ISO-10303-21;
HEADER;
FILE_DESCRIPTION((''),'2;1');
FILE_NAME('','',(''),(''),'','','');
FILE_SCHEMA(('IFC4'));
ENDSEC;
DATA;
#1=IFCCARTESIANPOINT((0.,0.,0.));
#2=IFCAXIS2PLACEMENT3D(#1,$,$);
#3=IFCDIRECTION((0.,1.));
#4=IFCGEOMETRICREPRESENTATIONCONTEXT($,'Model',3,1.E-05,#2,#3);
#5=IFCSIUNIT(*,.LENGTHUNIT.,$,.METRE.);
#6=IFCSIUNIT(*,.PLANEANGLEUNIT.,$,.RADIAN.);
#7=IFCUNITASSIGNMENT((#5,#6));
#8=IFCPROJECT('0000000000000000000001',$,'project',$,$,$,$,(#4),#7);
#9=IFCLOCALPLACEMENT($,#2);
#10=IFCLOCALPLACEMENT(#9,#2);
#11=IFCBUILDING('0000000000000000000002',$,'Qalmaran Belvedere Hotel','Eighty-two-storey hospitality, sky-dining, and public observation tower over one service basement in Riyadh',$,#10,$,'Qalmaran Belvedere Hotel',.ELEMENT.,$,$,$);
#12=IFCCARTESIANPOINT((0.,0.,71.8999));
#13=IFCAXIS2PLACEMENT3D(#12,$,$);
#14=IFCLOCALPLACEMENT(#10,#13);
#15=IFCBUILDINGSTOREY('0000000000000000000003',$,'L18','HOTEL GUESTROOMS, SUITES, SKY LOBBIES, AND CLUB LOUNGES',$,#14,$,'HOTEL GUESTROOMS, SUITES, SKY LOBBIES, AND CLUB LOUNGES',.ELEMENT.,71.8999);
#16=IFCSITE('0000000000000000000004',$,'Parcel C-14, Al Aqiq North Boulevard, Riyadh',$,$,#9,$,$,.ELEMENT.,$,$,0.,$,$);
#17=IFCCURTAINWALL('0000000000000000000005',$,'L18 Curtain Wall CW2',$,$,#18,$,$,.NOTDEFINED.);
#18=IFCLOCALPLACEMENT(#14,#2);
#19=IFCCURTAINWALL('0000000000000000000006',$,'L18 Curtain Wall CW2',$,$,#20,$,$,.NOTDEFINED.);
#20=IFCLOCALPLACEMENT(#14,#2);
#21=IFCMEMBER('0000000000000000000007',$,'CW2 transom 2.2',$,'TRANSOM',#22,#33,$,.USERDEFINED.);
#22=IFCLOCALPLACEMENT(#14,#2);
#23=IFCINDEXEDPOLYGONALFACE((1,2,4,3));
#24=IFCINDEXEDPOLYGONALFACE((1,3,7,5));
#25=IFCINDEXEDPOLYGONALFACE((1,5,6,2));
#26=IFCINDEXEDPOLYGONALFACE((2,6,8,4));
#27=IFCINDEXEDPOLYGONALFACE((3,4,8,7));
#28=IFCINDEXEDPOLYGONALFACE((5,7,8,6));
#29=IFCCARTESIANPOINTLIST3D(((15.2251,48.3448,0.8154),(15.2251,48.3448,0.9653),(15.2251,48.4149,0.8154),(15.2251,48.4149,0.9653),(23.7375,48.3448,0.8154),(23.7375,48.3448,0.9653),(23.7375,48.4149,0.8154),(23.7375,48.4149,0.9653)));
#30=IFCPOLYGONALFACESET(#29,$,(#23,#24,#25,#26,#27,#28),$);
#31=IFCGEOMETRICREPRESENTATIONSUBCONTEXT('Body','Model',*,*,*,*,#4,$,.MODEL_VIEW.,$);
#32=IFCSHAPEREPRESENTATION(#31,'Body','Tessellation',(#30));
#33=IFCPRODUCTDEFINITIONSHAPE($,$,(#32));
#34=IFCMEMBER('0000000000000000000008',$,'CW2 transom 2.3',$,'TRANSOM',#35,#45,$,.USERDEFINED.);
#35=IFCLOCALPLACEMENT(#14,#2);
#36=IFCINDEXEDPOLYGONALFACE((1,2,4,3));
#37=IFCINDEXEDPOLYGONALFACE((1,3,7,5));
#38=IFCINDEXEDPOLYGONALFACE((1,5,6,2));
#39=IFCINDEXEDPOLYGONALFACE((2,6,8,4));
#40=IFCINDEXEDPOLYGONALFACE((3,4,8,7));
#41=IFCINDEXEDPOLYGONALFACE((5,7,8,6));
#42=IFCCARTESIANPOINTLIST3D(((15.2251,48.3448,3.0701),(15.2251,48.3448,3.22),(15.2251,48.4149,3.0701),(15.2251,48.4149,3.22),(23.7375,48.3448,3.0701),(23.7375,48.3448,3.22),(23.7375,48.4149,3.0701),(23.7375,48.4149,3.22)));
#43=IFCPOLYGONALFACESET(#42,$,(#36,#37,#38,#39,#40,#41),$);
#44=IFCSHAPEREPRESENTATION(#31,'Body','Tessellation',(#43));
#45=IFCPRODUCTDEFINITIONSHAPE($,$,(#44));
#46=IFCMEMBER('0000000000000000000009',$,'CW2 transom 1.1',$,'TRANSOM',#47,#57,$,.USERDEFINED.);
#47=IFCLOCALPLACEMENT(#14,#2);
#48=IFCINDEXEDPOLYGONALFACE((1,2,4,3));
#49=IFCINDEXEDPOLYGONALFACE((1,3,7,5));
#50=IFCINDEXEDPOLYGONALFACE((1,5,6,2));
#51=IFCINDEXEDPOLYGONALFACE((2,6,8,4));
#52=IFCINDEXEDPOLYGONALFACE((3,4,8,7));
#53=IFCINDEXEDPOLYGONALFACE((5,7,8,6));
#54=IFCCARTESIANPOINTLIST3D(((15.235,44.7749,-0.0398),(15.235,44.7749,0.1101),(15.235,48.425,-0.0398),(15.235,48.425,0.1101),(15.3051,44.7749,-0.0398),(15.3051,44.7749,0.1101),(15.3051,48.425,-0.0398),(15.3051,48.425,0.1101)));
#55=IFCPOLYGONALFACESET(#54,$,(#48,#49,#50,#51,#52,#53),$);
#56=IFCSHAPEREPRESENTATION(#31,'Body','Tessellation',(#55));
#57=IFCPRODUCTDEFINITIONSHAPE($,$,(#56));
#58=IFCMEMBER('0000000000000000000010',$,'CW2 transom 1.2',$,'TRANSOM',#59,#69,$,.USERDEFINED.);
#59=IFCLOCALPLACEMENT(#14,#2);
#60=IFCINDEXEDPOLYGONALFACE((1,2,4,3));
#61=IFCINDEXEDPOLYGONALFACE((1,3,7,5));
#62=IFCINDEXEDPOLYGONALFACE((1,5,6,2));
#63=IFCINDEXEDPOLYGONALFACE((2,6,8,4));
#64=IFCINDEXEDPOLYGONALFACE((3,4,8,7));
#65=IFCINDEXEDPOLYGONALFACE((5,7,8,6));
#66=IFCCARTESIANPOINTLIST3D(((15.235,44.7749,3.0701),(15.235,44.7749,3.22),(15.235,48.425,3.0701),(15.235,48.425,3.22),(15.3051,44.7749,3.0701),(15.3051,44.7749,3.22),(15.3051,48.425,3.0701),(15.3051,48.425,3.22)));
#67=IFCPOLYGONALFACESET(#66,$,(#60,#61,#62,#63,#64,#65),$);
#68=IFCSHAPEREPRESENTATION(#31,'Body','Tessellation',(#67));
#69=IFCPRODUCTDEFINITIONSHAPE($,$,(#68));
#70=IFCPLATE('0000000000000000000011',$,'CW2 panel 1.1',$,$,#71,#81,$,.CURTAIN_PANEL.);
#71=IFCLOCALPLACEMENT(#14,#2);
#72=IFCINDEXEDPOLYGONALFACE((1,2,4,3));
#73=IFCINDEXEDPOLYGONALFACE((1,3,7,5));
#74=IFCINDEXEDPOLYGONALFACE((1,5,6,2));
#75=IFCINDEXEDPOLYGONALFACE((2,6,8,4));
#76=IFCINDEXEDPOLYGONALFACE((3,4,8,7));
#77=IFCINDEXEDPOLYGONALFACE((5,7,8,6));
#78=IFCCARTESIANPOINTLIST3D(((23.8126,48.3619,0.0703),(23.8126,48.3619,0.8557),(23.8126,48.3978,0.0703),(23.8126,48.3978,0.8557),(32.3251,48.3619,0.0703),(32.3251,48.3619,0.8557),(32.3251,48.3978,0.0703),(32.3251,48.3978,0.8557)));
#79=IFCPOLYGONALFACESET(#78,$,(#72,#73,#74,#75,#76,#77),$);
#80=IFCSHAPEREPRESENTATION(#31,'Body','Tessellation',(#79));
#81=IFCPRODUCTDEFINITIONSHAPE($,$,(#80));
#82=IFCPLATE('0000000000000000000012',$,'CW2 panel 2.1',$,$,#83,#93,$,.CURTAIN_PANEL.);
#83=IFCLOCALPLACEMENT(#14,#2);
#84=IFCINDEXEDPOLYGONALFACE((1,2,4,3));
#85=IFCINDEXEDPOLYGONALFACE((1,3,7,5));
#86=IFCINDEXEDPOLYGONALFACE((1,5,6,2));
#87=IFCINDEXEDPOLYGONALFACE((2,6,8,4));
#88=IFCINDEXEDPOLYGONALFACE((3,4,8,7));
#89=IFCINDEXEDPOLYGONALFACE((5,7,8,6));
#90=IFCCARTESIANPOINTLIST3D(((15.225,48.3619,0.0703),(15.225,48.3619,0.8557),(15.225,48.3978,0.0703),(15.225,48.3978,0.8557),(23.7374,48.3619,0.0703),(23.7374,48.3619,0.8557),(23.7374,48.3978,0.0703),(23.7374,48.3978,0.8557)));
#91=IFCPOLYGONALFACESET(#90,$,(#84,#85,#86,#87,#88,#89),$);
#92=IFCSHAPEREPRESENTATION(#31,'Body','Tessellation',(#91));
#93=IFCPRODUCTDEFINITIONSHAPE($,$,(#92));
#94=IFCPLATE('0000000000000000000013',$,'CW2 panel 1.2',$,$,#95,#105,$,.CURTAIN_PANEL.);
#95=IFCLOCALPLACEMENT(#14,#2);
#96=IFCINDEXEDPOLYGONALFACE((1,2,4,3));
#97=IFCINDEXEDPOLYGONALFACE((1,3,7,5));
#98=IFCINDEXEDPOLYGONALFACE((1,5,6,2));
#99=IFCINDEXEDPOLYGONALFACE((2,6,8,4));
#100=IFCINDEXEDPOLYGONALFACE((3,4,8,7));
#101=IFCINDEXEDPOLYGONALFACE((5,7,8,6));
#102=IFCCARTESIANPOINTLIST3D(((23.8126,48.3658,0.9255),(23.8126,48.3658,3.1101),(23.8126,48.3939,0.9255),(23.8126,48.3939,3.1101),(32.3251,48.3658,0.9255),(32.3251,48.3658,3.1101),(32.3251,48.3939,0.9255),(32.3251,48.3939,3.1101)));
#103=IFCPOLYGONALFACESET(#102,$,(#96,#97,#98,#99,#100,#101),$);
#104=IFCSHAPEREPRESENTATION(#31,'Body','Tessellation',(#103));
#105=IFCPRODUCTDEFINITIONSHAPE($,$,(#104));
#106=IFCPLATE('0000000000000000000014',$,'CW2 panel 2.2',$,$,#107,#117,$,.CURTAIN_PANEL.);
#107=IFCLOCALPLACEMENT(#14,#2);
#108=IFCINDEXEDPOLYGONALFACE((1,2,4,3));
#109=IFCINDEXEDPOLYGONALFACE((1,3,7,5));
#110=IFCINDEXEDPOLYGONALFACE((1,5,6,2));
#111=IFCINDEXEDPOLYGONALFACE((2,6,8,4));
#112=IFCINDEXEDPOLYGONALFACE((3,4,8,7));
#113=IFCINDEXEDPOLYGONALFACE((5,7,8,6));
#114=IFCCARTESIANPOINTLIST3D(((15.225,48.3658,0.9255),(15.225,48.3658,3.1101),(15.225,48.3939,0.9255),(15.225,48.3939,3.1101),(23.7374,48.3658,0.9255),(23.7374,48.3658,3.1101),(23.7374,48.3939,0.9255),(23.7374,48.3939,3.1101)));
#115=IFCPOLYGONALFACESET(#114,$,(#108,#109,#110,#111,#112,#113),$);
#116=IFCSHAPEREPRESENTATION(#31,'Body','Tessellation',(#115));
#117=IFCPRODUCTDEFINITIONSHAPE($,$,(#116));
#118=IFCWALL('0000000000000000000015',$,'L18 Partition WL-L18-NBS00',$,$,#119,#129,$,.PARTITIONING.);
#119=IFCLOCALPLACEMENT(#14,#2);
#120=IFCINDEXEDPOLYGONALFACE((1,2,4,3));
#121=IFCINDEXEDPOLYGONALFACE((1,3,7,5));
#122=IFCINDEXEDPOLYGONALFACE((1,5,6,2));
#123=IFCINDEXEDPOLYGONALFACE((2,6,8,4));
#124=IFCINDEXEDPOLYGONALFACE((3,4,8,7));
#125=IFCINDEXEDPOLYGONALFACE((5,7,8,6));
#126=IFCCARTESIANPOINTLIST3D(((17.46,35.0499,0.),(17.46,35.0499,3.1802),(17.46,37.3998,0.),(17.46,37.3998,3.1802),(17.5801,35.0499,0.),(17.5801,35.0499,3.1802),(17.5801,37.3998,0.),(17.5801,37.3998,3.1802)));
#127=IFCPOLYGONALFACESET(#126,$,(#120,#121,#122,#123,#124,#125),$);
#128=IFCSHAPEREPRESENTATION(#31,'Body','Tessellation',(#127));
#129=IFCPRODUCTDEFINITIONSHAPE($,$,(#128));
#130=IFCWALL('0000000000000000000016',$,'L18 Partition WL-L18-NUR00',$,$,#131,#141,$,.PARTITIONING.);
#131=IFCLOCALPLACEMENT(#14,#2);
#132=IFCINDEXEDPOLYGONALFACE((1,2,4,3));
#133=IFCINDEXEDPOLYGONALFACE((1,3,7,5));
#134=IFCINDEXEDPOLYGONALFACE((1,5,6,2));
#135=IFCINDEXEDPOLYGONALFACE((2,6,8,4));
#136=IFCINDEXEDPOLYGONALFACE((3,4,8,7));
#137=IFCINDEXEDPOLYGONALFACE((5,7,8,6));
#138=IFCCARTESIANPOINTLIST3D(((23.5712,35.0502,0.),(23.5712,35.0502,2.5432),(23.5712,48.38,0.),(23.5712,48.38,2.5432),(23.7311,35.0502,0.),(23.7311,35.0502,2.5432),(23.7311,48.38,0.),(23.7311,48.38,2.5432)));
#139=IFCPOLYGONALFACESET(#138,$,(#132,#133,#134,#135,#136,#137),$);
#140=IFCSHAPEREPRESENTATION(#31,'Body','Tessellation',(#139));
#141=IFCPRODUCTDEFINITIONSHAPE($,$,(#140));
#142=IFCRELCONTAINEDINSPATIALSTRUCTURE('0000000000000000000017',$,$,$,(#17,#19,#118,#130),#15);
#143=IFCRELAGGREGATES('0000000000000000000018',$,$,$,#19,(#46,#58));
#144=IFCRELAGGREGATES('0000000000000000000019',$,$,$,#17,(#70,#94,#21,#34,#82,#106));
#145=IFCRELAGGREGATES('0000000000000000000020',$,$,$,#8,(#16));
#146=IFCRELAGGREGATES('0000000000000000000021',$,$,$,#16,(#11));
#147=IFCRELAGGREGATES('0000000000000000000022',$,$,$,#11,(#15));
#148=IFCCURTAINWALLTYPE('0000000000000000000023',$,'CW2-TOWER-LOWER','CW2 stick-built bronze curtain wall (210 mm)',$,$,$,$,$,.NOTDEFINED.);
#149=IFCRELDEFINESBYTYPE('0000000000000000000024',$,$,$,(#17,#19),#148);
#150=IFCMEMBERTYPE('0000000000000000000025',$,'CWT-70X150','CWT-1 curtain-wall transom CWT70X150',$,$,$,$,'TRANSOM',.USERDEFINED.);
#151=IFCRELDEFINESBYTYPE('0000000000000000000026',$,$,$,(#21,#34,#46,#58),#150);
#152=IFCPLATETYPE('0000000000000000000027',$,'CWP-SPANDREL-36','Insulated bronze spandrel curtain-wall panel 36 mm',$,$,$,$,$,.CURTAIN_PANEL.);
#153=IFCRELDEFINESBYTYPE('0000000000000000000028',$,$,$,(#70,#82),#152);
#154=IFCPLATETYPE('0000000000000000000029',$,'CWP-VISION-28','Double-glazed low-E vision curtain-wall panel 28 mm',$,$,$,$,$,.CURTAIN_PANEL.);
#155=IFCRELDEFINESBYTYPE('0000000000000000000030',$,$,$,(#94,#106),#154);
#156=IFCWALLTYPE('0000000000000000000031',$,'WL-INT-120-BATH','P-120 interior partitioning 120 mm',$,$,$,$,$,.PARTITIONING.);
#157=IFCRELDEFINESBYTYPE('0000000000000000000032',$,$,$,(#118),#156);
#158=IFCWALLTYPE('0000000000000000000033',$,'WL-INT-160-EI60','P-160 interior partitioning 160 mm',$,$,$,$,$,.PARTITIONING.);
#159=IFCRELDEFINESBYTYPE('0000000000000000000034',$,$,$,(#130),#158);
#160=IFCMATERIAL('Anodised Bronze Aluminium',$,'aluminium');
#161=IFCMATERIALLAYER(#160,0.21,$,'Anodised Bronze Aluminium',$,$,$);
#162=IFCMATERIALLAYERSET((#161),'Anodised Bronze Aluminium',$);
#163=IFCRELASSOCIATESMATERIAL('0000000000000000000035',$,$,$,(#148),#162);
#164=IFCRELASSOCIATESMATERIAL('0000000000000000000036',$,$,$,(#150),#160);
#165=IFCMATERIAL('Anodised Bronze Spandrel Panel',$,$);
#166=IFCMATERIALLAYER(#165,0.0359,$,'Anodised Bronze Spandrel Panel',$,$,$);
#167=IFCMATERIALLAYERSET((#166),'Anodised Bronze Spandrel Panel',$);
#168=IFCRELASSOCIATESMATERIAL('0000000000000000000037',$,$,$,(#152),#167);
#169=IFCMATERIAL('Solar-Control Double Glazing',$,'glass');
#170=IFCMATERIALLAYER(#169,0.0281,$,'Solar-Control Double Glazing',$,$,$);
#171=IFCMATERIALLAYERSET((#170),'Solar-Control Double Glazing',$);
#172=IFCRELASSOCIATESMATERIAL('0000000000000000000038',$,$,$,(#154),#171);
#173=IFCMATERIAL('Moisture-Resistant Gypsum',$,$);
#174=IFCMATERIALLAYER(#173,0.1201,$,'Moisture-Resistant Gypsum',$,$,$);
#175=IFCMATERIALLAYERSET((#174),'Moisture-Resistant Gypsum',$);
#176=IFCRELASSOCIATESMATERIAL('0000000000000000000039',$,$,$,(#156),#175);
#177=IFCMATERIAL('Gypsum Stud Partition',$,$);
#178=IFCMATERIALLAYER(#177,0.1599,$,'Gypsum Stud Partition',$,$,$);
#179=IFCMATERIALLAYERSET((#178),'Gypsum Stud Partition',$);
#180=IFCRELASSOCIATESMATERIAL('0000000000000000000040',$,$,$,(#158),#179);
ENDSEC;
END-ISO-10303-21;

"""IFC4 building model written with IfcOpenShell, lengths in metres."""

from ifc_helpers import new_model, si_unit, direction, frame, frame_2d, origin, origin_2d, place, context, subcontext, project, spatial, rectangle, extrude, material, layer, layer_set, material_profile, profile_set, type_object, element, aggregate, save


model = new_model("IFC4")

# Units and contexts
model_context = context("Model", 3, precision=1e-05, world=origin(), true_north=direction((0.0, 1.0)))
body_context = subcontext(model_context, "Body", "Model", "MODEL_VIEW")
ifc_project = project(units=[si_unit("LENGTHUNIT", "METRE"), si_unit("PLANEANGLEUNIT", "RADIAN")], contexts=[model_context])

# Site, building, storey
site_placement = place(None, origin())
site = spatial("IfcSite", under=ifc_project, at=site_placement, Name="Parcel C-14, Al Aqiq North Boulevard, Riyadh", CompositionType="ELEMENT", RefElevation=0.0)
building_placement = place(site_placement, origin())
building = spatial("IfcBuilding", under=site, at=building_placement, Name="Qalmaran Belvedere Hotel", Description="Eighty-two-storey hospitality, sky-dining, and public observation tower over one service basement in Riyadh", LongName="Qalmaran Belvedere Hotel", CompositionType="ELEMENT")
storey_placement = place(building_placement, frame((0.0, 0.0, 71.8999)))
storey = spatial("IfcBuildingStorey", under=building, at=storey_placement, Name="L18", Description="HOTEL GUESTROOMS, SUITES, SKY LOBBIES, AND CLUB LOUNGES", LongName="HOTEL GUESTROOMS, SUITES, SKY LOBBIES, AND CLUB LOUNGES", CompositionType="ELEMENT", Elevation=71.8999)

# Curtain walls
ifc_material_1 = material(Name="Anodised Bronze Aluminium", Category="aluminium")
ifc_layer_1 = layer(ifc_material_1, 0.21, Name="Anodised Bronze Aluminium")
ifc_layer_set_1 = layer_set([ifc_layer_1], Name="Anodised Bronze Aluminium")
curtain_wall_type = type_object("IfcCurtainWallType", Name="CW2-TOWER-LOWER", Description="CW2 stick-built bronze curtain wall (210 mm)", PredefinedType="NOTDEFINED", material=ifc_layer_set_1)
curtain_wall_1_placement = place(storey_placement, origin())
curtain_wall_1 = element("IfcCurtainWall", 1, at=curtain_wall_1_placement, inside=storey, type_object=curtain_wall_type, Name="L18 Curtain Wall CW2", PredefinedType="NOTDEFINED")
curtain_wall_2_placement = place(storey_placement, origin())
curtain_wall_2 = element("IfcCurtainWall", 2, at=curtain_wall_2_placement, inside=storey, type_object=curtain_wall_type, Name="L18 Curtain Wall CW2", PredefinedType="NOTDEFINED")

# Members
ifc_material_profile_1 = material_profile(ifc_material_1, rectangle(XDim=0.0701, YDim=0.1499, at=origin_2d()), Name="CWT70X150")
ifc_profile_set_1 = profile_set([ifc_material_profile_1], Name="Anodised Bronze Aluminium")
member_type_1 = type_object("IfcMemberType", Name="CWT-70X150", Description="CWT-1 curtain-wall transom CWT70X150", ElementType="TRANSOM", PredefinedType="USERDEFINED", material=ifc_profile_set_1)
member_1_placement = place(storey_placement, frame((23.7375, 48.3799, 0.8904), z_axis=(-1.0, 0.0, 0.0), x_axis=(0.0, -1.0, 0.0)))
member_1 = element("IfcMember", 3, at=member_1_placement, type_object=member_type_1, Name="CW2 transom 2.2", ObjectType="TRANSOM", PredefinedType="USERDEFINED", context=body_context, shape_type="SweptSolid", body=[
    extrude(rectangle(XDim=0.0701, YDim=0.1499, at=origin_2d()), origin(), (0.0, 0.0, 1.0), 8.5125),
])
member_2_placement = place(storey_placement, frame((23.7375, 48.3799, 3.145), z_axis=(-1.0, 0.0, 0.0), x_axis=(0.0, -1.0, 0.0)))
member_2 = element("IfcMember", 4, at=member_2_placement, type_object=member_type_1, Name="CW2 transom 2.3", ObjectType="TRANSOM", PredefinedType="USERDEFINED", context=body_context, shape_type="SweptSolid", body=[
    extrude(rectangle(XDim=0.0701, YDim=0.1499, at=origin_2d()), origin(), (0.0, 0.0, 1.0), 8.5125),
])
member_3_placement = place(storey_placement, frame((15.27, 48.425, 0.0352), z_axis=(0.0, -1.0, 0.0), x_axis=(1.0, 0.0, 0.0)))
member_3 = element("IfcMember", 5, at=member_3_placement, type_object=member_type_1, Name="CW2 transom 1.1", ObjectType="TRANSOM", PredefinedType="USERDEFINED", context=body_context, shape_type="SweptSolid", body=[
    extrude(rectangle(XDim=0.0701, YDim=0.1499, at=origin_2d()), origin(), (0.0, 0.0, 1.0), 3.6501),
])
member_4_placement = place(storey_placement, frame((15.27, 48.425, 3.145), z_axis=(0.0, -1.0, 0.0), x_axis=(1.0, 0.0, 0.0)))
member_4 = element("IfcMember", 6, at=member_4_placement, type_object=member_type_1, Name="CW2 transom 1.2", ObjectType="TRANSOM", PredefinedType="USERDEFINED", context=body_context, shape_type="SweptSolid", body=[
    extrude(rectangle(XDim=0.0701, YDim=0.1499, at=origin_2d()), origin(), (0.0, 0.0, 1.0), 3.6501),
])
aggregate(curtain_wall_2, [member_3, member_4])

# Plates
ifc_material_2 = material(Name="Anodised Bronze Spandrel Panel")
ifc_layer_2 = layer(ifc_material_2, 0.0359, Name="Anodised Bronze Spandrel Panel")
ifc_layer_set_2 = layer_set([ifc_layer_2], Name="Anodised Bronze Spandrel Panel")
plate_type_1 = type_object("IfcPlateType", Name="CWP-SPANDREL-36", Description="Insulated bronze spandrel curtain-wall panel 36 mm", PredefinedType="CURTAIN_PANEL", material=ifc_layer_set_2)
plate_1_placement = place(storey_placement, frame((28.0688, 48.3799, 0.0703), z_axis=(0.0, 0.0, 1.0), x_axis=(-1.0, 0.0, 0.0)))
plate_1 = element("IfcPlate", 7, at=plate_1_placement, type_object=plate_type_1, Name="CW2 panel 1.1", PredefinedType="CURTAIN_PANEL", context=body_context, shape_type="SweptSolid", body=[
    extrude(rectangle(XDim=8.5125, YDim=0.0359, at=origin_2d()), origin(), (0.0, 0.0, 1.0), 0.7854),
])
plate_2_placement = place(storey_placement, frame((19.4812, 48.3799, 0.0703), z_axis=(0.0, 0.0, 1.0), x_axis=(-1.0, 0.0, 0.0)))
plate_2 = element("IfcPlate", 8, at=plate_2_placement, type_object=plate_type_1, Name="CW2 panel 2.1", PredefinedType="CURTAIN_PANEL", context=body_context, shape_type="SweptSolid", body=[
    extrude(rectangle(XDim=8.5125, YDim=0.0359, at=origin_2d()), origin(), (0.0, 0.0, 1.0), 0.7854),
])
ifc_material_3 = material(Name="Solar-Control Double Glazing", Category="glass")
ifc_layer_3 = layer(ifc_material_3, 0.0281, Name="Solar-Control Double Glazing")
ifc_layer_set_3 = layer_set([ifc_layer_3], Name="Solar-Control Double Glazing")
plate_type_2 = type_object("IfcPlateType", Name="CWP-VISION-28", Description="Double-glazed low-E vision curtain-wall panel 28 mm", PredefinedType="CURTAIN_PANEL", material=ifc_layer_set_3)
plate_3_placement = place(storey_placement, frame((28.0688, 48.3799, 0.9255), z_axis=(0.0, 0.0, 1.0), x_axis=(-1.0, 0.0, 0.0)))
plate_3 = element("IfcPlate", 9, at=plate_3_placement, type_object=plate_type_2, Name="CW2 panel 1.2", PredefinedType="CURTAIN_PANEL", context=body_context, shape_type="SweptSolid", body=[
    extrude(rectangle(XDim=8.5125, YDim=0.0281, at=origin_2d()), origin(), (0.0, 0.0, 1.0), 2.1846),
])
plate_4_placement = place(storey_placement, frame((19.4812, 48.3799, 0.9255), z_axis=(0.0, 0.0, 1.0), x_axis=(-1.0, 0.0, 0.0)))
plate_4 = element("IfcPlate", 10, at=plate_4_placement, type_object=plate_type_2, Name="CW2 panel 2.2", PredefinedType="CURTAIN_PANEL", context=body_context, shape_type="SweptSolid", body=[
    extrude(rectangle(XDim=8.5125, YDim=0.0281, at=origin_2d()), origin(), (0.0, 0.0, 1.0), 2.1846),
])
aggregate(curtain_wall_1, [plate_1, plate_3, member_1, member_2, plate_2, plate_4])

# Walls
ifc_material_4 = material(Name="Moisture-Resistant Gypsum")
ifc_layer_4 = layer(ifc_material_4, 0.1201, Name="Moisture-Resistant Gypsum")
ifc_layer_set_4 = layer_set([ifc_layer_4], Name="Moisture-Resistant Gypsum")
wall_type_1 = type_object("IfcWallType", Name="WL-INT-120-BATH", Description="P-120 interior partitioning 120 mm", PredefinedType="PARTITIONING", material=ifc_layer_set_4)
wall_1_placement = place(storey_placement, frame((17.52, 35.05, 0.0), z_axis=(0.0, 0.0, 1.0), x_axis=(0.0, 1.0, 0.0)))
element("IfcWall", 11, at=wall_1_placement, inside=storey, type_object=wall_type_1, Name="L18 Partition WL-L18-NBS00", PredefinedType="PARTITIONING", context=body_context, shape_type="SweptSolid", body=[
    extrude(rectangle(XDim=2.3499, YDim=0.1201, at=frame_2d((1.1748, 0.0))), origin(), (0.0, 0.0, 1.0), 3.1802),
])
ifc_material_5 = material(Name="Gypsum Stud Partition")
ifc_layer_5 = layer(ifc_material_5, 0.1599, Name="Gypsum Stud Partition")
ifc_layer_set_5 = layer_set([ifc_layer_5], Name="Gypsum Stud Partition")
wall_type_2 = type_object("IfcWallType", Name="WL-INT-160-EI60", Description="P-160 interior partitioning 160 mm", PredefinedType="PARTITIONING", material=ifc_layer_set_5)
wall_2_placement = place(storey_placement, frame((23.6511, 35.05, 0.0), z_axis=(0.0, 0.0, 1.0), x_axis=(0.0, 1.0, 0.0)))
element("IfcWall", 12, at=wall_2_placement, inside=storey, type_object=wall_type_2, Name="L18 Partition WL-L18-NUR00", PredefinedType="PARTITIONING", context=body_context, shape_type="SweptSolid", body=[
    extrude(rectangle(XDim=13.3298, YDim=0.1599, at=frame_2d((6.665, 0.0))), origin(), (0.0, 0.0, 1.0), 2.5432),
])

save(model, "model.ifc")
